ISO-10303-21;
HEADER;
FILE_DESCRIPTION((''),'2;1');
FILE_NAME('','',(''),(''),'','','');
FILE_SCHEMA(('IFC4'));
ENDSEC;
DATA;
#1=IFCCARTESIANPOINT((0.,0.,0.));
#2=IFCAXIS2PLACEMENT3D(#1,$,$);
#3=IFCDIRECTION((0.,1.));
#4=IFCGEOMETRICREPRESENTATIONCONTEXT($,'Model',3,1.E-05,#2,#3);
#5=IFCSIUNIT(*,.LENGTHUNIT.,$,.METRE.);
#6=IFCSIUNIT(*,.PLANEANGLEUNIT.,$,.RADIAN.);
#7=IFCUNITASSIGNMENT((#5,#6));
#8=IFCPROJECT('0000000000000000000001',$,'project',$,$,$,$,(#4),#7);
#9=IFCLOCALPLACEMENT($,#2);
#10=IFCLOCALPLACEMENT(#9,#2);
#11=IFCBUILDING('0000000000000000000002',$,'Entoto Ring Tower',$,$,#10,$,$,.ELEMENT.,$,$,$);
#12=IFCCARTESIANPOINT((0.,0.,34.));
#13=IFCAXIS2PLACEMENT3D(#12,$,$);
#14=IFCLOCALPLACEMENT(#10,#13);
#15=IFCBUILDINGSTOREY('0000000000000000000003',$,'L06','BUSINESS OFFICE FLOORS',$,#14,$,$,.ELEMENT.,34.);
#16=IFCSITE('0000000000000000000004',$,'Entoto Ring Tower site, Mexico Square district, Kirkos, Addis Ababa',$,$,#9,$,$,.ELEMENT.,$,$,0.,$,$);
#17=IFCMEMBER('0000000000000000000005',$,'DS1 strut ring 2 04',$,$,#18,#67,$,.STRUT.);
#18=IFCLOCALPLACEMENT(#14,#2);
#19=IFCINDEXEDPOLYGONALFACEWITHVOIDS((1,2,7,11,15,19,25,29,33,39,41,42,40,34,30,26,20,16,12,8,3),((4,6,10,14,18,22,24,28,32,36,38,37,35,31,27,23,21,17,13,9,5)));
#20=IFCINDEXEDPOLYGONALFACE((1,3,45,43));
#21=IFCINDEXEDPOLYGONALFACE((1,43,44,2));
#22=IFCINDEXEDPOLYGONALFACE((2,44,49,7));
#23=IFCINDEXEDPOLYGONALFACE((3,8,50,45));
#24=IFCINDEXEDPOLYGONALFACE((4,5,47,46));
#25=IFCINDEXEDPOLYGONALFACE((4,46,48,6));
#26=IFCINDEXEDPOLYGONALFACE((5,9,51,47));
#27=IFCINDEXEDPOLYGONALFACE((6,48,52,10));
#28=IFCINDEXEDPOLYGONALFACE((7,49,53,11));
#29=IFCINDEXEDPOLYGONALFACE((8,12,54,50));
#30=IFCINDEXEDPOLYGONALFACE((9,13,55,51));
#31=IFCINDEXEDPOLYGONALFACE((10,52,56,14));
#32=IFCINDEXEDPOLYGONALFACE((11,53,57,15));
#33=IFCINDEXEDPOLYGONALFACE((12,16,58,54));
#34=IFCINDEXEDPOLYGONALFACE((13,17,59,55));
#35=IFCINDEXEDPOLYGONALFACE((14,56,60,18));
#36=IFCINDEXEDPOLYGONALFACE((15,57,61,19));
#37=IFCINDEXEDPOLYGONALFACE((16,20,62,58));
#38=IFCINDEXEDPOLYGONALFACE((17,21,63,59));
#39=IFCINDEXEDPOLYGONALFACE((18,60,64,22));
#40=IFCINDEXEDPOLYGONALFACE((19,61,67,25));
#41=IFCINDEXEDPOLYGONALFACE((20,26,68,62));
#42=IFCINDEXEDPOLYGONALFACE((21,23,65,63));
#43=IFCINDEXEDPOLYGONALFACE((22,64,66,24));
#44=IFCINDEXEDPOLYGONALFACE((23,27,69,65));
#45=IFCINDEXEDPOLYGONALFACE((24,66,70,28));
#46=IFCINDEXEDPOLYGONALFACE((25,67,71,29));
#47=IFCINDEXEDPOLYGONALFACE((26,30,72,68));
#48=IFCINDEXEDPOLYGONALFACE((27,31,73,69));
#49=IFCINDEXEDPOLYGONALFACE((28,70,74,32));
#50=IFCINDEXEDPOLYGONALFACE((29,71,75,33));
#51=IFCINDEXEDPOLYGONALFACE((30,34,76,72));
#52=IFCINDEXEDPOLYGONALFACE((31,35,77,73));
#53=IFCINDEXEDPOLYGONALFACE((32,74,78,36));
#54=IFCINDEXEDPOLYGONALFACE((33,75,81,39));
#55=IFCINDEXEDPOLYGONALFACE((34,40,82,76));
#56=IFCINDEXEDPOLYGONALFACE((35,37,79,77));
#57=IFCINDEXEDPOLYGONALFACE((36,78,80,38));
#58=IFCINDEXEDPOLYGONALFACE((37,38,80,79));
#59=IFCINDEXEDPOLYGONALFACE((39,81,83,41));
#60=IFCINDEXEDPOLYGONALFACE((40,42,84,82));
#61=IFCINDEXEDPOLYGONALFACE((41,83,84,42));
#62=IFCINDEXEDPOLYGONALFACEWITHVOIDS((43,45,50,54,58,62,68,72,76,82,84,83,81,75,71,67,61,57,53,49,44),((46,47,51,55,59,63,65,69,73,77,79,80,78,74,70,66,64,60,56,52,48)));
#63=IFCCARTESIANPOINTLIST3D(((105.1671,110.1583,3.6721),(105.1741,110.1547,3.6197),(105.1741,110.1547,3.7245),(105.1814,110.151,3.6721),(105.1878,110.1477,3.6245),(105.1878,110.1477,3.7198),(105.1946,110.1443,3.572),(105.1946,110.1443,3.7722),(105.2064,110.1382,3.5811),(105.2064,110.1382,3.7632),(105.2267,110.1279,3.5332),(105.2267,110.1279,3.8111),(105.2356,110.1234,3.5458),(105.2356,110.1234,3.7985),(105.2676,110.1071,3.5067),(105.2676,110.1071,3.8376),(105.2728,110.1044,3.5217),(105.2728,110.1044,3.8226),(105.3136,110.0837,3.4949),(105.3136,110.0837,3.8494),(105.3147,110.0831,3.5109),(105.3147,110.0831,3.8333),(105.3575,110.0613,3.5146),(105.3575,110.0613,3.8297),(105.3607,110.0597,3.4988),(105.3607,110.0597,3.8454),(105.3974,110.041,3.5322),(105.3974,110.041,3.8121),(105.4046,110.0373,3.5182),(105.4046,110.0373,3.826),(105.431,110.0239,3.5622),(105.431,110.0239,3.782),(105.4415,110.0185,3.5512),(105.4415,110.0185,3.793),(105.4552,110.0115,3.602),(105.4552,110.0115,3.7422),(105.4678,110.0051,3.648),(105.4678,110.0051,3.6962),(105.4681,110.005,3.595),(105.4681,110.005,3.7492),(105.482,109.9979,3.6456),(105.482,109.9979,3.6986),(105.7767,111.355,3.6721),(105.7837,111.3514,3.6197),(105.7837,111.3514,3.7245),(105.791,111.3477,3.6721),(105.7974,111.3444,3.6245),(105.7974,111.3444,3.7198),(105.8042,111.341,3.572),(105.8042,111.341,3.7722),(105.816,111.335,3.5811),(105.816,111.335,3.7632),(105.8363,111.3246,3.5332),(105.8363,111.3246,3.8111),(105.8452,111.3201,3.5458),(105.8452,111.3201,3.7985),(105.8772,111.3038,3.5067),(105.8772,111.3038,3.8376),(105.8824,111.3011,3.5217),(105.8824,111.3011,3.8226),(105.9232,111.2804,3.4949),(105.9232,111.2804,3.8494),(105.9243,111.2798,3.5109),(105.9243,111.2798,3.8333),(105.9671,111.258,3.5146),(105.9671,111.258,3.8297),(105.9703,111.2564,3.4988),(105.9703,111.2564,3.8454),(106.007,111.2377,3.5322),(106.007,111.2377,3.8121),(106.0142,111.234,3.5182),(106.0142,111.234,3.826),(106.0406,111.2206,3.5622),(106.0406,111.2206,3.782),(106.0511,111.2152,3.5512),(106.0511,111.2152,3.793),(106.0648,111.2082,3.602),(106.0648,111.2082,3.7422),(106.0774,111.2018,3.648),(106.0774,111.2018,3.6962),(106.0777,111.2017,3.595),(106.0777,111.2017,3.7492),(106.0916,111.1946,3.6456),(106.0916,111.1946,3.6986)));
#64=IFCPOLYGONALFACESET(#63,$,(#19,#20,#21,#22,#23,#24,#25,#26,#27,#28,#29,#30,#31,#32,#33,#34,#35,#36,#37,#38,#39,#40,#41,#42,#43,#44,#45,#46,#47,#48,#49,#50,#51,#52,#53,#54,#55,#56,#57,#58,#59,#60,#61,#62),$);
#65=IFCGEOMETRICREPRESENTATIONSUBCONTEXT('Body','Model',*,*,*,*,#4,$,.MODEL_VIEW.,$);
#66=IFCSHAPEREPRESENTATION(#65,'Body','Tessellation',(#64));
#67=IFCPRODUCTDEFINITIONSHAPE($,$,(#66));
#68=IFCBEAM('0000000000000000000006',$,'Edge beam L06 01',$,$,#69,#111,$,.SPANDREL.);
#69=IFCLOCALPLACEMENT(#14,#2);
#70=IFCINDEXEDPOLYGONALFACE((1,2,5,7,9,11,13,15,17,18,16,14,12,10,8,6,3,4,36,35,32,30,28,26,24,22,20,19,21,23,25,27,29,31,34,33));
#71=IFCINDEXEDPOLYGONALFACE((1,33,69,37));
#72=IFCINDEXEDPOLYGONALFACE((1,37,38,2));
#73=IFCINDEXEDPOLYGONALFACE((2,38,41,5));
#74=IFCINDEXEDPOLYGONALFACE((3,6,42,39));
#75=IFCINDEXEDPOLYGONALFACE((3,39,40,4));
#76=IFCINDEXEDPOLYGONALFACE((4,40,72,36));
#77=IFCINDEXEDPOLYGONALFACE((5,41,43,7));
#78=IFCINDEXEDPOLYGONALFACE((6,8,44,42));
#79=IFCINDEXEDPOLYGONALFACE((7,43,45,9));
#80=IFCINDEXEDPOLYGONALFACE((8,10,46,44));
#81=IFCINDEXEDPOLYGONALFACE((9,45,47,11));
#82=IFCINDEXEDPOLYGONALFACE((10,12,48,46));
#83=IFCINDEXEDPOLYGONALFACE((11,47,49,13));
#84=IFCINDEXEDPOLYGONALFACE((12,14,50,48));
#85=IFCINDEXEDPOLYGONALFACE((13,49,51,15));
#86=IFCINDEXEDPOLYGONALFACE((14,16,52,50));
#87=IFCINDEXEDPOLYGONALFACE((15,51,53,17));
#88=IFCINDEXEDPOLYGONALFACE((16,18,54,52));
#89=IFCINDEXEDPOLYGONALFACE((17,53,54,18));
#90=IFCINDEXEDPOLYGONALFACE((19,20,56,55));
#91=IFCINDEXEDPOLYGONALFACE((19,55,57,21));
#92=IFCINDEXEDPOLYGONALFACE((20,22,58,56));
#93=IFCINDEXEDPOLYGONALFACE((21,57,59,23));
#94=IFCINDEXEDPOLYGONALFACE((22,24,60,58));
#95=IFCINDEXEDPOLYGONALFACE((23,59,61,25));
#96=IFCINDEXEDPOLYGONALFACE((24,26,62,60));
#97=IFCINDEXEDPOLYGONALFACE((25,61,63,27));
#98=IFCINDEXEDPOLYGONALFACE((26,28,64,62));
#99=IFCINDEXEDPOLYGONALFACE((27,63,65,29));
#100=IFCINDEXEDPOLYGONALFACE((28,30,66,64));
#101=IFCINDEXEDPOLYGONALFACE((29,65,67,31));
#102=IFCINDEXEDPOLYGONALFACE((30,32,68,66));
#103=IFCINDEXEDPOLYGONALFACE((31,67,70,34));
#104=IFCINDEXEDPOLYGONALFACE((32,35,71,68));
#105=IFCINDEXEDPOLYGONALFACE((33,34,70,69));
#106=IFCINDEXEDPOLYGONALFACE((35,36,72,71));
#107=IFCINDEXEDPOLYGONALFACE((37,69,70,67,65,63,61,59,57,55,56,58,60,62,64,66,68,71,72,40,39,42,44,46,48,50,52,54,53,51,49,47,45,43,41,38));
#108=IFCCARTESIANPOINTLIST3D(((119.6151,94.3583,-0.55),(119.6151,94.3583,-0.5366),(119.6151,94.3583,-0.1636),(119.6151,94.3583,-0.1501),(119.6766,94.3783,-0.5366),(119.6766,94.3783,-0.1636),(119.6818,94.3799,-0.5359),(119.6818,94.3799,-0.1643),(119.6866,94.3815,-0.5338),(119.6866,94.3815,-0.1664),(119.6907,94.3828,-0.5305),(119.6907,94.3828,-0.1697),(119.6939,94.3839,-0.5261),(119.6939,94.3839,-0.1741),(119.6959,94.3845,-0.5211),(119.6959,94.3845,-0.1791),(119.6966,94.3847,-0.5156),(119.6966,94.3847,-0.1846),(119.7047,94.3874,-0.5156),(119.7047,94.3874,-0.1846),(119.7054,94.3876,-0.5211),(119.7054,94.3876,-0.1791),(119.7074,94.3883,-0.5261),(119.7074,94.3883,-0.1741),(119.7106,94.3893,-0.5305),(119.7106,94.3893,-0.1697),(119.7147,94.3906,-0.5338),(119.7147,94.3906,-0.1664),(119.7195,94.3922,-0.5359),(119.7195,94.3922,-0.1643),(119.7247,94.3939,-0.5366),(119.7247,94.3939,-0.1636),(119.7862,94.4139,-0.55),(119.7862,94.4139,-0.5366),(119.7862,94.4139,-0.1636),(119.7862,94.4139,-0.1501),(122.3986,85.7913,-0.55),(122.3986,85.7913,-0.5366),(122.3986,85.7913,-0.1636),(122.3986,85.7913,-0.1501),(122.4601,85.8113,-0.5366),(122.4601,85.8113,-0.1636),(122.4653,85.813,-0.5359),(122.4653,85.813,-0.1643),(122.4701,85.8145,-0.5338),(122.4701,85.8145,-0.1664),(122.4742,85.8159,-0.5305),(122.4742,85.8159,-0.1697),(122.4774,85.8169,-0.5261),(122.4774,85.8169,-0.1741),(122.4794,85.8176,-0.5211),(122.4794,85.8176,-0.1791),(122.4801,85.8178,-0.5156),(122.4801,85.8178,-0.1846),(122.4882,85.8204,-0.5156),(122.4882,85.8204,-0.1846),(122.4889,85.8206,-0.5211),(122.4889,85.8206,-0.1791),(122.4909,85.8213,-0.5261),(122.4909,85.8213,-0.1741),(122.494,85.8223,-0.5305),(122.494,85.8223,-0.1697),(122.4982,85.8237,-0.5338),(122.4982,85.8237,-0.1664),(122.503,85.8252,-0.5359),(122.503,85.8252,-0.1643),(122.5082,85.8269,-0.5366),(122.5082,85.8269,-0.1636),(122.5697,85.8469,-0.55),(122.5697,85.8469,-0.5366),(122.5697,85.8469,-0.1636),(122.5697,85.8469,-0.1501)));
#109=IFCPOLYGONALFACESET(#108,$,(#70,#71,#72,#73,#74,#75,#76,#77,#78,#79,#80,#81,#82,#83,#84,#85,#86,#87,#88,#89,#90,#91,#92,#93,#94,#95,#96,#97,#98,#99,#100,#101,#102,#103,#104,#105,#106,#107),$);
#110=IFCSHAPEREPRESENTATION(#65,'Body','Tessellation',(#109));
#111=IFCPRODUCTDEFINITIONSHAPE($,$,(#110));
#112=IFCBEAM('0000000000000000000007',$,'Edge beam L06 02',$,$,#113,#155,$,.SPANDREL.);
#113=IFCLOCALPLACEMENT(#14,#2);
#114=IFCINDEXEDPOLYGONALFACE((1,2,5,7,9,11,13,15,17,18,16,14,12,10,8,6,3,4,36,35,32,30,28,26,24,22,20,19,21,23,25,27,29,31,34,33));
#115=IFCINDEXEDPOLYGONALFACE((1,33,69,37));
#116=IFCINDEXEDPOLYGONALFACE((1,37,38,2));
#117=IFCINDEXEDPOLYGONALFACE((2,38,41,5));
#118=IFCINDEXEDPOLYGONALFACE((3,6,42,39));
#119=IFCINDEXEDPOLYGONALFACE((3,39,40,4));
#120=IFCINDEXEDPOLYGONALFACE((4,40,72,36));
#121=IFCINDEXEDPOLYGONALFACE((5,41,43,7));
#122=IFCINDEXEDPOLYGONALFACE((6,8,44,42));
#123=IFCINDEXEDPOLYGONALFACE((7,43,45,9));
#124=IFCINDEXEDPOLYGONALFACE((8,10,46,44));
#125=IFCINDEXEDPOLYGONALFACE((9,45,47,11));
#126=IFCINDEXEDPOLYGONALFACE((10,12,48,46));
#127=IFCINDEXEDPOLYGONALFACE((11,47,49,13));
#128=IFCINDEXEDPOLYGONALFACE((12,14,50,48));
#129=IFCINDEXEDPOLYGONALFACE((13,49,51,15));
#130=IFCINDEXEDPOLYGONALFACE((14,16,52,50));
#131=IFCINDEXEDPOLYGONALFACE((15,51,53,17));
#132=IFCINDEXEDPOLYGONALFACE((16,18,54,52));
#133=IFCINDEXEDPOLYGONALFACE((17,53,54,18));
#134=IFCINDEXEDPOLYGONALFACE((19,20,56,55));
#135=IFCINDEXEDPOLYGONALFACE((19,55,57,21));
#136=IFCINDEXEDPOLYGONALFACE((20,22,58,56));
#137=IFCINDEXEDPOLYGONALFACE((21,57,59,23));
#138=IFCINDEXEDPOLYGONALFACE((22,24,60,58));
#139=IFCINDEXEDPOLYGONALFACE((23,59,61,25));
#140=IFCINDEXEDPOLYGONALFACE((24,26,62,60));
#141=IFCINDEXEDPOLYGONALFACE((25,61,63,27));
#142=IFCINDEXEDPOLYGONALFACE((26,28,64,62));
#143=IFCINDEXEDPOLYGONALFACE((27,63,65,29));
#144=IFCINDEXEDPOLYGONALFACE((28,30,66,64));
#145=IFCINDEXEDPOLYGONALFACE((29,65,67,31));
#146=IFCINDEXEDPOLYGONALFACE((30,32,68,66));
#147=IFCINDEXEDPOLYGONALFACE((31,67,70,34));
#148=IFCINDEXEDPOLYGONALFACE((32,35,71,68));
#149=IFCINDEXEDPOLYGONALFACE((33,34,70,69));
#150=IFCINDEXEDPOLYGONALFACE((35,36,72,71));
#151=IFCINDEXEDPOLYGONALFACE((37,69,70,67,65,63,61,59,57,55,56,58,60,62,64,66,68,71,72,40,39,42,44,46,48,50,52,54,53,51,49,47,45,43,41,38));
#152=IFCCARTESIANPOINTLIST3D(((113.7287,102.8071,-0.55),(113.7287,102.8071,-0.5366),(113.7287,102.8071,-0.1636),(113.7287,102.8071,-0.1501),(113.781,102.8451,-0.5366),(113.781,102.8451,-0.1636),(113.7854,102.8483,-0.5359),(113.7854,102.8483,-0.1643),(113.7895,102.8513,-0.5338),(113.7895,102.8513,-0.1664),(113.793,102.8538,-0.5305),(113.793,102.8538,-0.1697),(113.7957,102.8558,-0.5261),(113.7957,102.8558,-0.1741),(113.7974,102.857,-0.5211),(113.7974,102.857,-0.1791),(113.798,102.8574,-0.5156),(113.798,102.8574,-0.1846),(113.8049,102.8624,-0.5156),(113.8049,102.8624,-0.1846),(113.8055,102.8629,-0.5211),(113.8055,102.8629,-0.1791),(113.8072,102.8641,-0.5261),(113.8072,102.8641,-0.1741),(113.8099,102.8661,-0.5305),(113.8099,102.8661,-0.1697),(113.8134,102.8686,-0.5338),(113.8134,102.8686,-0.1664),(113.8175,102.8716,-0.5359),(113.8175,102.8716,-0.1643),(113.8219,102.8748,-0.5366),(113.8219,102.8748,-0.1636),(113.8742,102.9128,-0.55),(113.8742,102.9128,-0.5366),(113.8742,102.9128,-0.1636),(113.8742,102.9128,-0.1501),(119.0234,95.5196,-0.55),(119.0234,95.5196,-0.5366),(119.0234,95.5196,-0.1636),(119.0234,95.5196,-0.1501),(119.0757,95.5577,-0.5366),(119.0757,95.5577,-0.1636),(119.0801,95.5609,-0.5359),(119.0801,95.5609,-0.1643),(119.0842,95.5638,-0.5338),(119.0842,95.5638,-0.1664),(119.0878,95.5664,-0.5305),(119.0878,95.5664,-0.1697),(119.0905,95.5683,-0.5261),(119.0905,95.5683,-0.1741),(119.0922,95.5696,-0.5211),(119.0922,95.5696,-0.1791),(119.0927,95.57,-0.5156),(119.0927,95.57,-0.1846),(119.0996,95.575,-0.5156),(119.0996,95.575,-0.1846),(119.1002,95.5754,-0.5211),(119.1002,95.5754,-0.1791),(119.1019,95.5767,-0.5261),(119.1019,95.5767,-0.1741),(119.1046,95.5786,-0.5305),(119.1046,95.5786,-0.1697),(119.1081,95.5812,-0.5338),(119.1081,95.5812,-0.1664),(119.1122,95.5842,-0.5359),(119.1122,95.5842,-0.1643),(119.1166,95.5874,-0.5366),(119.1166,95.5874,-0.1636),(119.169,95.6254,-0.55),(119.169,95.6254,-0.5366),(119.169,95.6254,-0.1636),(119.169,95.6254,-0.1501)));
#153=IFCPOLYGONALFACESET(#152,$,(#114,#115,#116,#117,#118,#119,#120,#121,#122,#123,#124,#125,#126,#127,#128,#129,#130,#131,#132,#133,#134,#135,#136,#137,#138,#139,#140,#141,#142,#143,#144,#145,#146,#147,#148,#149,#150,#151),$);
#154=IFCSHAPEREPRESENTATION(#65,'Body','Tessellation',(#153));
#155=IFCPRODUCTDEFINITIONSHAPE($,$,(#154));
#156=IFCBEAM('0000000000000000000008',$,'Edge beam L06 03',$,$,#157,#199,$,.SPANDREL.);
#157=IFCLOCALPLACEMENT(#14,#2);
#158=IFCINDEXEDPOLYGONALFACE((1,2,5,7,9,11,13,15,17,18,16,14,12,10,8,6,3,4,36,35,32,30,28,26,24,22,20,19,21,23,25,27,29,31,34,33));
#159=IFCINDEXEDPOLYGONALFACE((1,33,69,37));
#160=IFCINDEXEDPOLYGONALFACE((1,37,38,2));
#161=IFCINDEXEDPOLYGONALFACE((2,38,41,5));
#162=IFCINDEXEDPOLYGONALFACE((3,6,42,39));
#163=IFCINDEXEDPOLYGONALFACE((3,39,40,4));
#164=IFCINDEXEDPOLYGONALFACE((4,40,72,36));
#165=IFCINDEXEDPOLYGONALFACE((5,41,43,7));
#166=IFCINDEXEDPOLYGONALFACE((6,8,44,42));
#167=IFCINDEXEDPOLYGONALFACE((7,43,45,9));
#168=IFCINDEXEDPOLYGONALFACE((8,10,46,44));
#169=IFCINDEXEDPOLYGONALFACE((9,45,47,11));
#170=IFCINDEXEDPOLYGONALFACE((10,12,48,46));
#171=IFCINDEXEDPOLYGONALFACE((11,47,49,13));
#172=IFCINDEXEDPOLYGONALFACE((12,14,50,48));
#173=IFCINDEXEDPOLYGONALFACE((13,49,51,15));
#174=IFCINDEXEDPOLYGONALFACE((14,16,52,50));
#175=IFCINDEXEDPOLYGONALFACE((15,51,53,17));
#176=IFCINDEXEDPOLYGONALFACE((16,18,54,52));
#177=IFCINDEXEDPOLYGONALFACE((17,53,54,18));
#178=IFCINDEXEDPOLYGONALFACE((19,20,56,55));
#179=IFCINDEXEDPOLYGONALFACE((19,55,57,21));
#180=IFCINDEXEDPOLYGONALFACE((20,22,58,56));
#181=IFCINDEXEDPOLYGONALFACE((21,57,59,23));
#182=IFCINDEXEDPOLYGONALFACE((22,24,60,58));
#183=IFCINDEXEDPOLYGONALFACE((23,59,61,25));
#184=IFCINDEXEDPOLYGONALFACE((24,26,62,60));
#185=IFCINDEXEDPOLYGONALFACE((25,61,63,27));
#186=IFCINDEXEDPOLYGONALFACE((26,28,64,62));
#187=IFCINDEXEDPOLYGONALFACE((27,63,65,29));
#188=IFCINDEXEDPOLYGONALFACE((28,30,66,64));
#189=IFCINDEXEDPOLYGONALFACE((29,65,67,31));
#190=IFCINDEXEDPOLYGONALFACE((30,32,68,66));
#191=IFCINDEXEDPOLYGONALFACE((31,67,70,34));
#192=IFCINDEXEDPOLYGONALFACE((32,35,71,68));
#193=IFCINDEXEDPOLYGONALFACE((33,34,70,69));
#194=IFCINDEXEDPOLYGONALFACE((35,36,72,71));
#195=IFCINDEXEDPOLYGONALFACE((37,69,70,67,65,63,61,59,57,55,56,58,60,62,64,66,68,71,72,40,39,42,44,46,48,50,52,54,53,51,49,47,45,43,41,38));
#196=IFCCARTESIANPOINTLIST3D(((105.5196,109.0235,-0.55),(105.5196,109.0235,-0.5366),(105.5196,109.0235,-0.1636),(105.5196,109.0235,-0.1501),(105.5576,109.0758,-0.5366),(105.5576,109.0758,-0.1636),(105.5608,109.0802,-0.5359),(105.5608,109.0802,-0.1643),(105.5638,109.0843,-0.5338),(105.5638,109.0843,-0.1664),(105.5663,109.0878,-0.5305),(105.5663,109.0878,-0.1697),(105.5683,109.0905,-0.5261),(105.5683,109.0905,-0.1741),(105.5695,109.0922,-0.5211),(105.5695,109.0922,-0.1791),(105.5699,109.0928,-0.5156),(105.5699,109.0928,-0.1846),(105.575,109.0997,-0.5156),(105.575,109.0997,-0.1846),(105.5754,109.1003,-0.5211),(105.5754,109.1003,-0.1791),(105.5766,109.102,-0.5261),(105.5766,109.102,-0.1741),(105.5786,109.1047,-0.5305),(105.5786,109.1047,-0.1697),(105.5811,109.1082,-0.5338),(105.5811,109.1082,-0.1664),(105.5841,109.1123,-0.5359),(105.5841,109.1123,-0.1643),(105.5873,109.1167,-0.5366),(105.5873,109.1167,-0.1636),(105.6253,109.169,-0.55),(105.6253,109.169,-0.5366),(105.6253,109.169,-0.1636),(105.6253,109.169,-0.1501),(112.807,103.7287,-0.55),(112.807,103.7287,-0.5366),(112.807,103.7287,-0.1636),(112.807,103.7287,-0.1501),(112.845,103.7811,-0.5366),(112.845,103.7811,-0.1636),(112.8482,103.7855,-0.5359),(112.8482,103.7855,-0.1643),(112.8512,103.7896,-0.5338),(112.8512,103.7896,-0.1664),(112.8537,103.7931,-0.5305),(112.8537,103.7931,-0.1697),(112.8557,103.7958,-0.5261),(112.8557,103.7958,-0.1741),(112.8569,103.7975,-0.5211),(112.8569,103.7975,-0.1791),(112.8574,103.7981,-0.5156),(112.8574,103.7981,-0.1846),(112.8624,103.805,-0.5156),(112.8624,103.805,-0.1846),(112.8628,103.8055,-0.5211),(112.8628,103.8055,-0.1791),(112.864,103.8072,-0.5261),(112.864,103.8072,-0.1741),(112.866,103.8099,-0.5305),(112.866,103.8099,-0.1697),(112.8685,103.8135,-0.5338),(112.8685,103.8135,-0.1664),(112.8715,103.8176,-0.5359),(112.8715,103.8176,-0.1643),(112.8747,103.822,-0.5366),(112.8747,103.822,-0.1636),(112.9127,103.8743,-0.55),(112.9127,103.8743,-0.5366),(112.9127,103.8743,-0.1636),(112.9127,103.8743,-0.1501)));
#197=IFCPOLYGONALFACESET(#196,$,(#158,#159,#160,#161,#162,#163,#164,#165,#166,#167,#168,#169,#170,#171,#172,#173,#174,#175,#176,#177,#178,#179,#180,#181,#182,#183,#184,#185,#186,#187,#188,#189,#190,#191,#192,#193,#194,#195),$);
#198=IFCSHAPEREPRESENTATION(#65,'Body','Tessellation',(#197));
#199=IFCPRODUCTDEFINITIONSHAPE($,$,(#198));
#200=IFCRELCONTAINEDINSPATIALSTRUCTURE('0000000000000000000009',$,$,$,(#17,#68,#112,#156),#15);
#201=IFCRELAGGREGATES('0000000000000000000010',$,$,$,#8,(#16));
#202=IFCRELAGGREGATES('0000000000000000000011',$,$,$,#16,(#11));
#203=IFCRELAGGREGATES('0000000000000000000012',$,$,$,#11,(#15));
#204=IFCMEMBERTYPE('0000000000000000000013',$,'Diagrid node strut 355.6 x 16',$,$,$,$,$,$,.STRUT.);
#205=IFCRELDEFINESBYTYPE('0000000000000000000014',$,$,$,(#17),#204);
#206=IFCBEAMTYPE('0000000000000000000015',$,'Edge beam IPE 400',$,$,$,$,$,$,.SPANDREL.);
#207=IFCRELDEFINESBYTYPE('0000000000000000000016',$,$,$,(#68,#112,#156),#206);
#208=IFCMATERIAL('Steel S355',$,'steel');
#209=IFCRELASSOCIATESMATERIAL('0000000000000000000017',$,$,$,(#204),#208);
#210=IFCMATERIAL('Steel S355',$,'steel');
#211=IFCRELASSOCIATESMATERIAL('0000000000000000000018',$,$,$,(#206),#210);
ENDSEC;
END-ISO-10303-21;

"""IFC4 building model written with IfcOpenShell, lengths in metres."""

from ifc_helpers import new_model, si_unit, direction, frame, origin, origin_2d, place, context, subcontext, project, spatial, circle, hollow_circle, i_section, extrude, material, material_profile, profile_set, type_object, element, save


model = new_model("IFC4")

# Units and contexts
model_context = context("Model", 3, precision=1e-05, world=origin(), true_north=direction((0.0, 1.0)))
body_context = subcontext(model_context, "Body", "Model", "MODEL_VIEW")
ifc_project = project(units=[si_unit("LENGTHUNIT", "METRE"), si_unit("PLANEANGLEUNIT", "RADIAN")], contexts=[model_context])

# Site, building, storey
site_placement = place(None, origin())
site = spatial("IfcSite", under=ifc_project, at=site_placement, Name="Entoto Ring Tower site, Mexico Square district, Kirkos, Addis Ababa", CompositionType="ELEMENT", RefElevation=0.0)
building_placement = place(site_placement, origin())
building = spatial("IfcBuilding", under=site, at=building_placement, Name="Entoto Ring Tower", CompositionType="ELEMENT")
storey_placement = place(building_placement, frame((0.0, 0.0, 34.0)))
storey = spatial("IfcBuildingStorey", under=building, at=storey_placement, Name="L06", Description="BUSINESS OFFICE FLOORS", CompositionType="ELEMENT", Elevation=34.0)

# Member
ifc_material_1 = material(Name="Steel S355", Category="steel")
ifc_material_profile_1 = material_profile(ifc_material_1, hollow_circle(Radius=0.1777, WallThickness=0.0161, at=origin_2d()), Name="CHS 355.6 x 16")
ifc_material_2 = material(Name="Concrete C60/75", Category="concrete")
ifc_material_profile_2 = material_profile(ifc_material_2, circle(Radius=0.1619, at=origin_2d()), Name="Concrete C60/75 infill")
ifc_profile_set_1 = profile_set([ifc_material_profile_1, ifc_material_profile_2], Name="Steel S355")
member_type = type_object("IfcMemberType", Name="Diagrid node strut 355.6 x 16", PredefinedType="STRUT", material=ifc_profile_set_1)
member_1_placement = place(storey_placement, frame((105.3254, 110.0776, 3.6721), z_axis=(0.45389, 0.891058, 0.0), x_axis=(-0.891058, 0.45389, 0.0)))
element("IfcMember", 1, at=member_1_placement, inside=storey, type_object=member_type, Name="DS1 strut ring 2 04", PredefinedType="STRUT", context=body_context, shape_type="SweptSolid", body=[
    extrude(hollow_circle(Radius=0.1777, WallThickness=0.0161, at=origin_2d()), origin(), (0.0, 0.0, 1.0), 1.343),
])

# Beams
ifc_material_3 = material(Name="Steel S355", Category="steel")
ifc_material_profile_3 = material_profile(ifc_material_3, i_section(OverallWidth=0.1799, OverallDepth=0.3999, WebThickness=0.0085, FlangeThickness=0.0134, FilletRadius=0.021, at=origin_2d()), Name="IPE 400")
ifc_profile_set_2 = profile_set([ifc_material_profile_3], Name="Steel S355")
beam_type_1 = type_object("IfcBeamType", Name="Edge beam IPE 400", PredefinedType="SPANDREL", material=ifc_profile_set_2)
for number, where, z_axis, x_axis, name in (
    (2, (122.4841, 85.8191, -0.3501), (-0.309006, 0.95106, 0.0), (-0.95106, -0.309006, 0.0), "Edge beam L06 01"),
    (3, (119.0962, 95.5725, -0.3501), (-0.587793, 0.809011, 0.0), (-0.809011, -0.587793, 0.0), "Edge beam L06 02"),
    (4, (112.8599, 103.8015, -0.3501), (-0.809011, 0.587793, 0.0), (-0.587793, -0.809011, 0.0), "Edge beam L06 03"),
):
    element("IfcBeam", number, at=place(storey_placement, frame(where, z_axis=z_axis, x_axis=x_axis)), inside=storey, type_object=beam_type_1, Name=name, PredefinedType="SPANDREL", context=body_context, shape_type="SweptSolid", body=[
        extrude(i_section(OverallWidth=0.1799, OverallDepth=0.3999, WebThickness=0.0085, FlangeThickness=0.0134, FilletRadius=0.021, at=origin_2d()), origin(), (0.0, 0.0, 1.0), 9.0078),
    ])

save(model, "model.ifc")
